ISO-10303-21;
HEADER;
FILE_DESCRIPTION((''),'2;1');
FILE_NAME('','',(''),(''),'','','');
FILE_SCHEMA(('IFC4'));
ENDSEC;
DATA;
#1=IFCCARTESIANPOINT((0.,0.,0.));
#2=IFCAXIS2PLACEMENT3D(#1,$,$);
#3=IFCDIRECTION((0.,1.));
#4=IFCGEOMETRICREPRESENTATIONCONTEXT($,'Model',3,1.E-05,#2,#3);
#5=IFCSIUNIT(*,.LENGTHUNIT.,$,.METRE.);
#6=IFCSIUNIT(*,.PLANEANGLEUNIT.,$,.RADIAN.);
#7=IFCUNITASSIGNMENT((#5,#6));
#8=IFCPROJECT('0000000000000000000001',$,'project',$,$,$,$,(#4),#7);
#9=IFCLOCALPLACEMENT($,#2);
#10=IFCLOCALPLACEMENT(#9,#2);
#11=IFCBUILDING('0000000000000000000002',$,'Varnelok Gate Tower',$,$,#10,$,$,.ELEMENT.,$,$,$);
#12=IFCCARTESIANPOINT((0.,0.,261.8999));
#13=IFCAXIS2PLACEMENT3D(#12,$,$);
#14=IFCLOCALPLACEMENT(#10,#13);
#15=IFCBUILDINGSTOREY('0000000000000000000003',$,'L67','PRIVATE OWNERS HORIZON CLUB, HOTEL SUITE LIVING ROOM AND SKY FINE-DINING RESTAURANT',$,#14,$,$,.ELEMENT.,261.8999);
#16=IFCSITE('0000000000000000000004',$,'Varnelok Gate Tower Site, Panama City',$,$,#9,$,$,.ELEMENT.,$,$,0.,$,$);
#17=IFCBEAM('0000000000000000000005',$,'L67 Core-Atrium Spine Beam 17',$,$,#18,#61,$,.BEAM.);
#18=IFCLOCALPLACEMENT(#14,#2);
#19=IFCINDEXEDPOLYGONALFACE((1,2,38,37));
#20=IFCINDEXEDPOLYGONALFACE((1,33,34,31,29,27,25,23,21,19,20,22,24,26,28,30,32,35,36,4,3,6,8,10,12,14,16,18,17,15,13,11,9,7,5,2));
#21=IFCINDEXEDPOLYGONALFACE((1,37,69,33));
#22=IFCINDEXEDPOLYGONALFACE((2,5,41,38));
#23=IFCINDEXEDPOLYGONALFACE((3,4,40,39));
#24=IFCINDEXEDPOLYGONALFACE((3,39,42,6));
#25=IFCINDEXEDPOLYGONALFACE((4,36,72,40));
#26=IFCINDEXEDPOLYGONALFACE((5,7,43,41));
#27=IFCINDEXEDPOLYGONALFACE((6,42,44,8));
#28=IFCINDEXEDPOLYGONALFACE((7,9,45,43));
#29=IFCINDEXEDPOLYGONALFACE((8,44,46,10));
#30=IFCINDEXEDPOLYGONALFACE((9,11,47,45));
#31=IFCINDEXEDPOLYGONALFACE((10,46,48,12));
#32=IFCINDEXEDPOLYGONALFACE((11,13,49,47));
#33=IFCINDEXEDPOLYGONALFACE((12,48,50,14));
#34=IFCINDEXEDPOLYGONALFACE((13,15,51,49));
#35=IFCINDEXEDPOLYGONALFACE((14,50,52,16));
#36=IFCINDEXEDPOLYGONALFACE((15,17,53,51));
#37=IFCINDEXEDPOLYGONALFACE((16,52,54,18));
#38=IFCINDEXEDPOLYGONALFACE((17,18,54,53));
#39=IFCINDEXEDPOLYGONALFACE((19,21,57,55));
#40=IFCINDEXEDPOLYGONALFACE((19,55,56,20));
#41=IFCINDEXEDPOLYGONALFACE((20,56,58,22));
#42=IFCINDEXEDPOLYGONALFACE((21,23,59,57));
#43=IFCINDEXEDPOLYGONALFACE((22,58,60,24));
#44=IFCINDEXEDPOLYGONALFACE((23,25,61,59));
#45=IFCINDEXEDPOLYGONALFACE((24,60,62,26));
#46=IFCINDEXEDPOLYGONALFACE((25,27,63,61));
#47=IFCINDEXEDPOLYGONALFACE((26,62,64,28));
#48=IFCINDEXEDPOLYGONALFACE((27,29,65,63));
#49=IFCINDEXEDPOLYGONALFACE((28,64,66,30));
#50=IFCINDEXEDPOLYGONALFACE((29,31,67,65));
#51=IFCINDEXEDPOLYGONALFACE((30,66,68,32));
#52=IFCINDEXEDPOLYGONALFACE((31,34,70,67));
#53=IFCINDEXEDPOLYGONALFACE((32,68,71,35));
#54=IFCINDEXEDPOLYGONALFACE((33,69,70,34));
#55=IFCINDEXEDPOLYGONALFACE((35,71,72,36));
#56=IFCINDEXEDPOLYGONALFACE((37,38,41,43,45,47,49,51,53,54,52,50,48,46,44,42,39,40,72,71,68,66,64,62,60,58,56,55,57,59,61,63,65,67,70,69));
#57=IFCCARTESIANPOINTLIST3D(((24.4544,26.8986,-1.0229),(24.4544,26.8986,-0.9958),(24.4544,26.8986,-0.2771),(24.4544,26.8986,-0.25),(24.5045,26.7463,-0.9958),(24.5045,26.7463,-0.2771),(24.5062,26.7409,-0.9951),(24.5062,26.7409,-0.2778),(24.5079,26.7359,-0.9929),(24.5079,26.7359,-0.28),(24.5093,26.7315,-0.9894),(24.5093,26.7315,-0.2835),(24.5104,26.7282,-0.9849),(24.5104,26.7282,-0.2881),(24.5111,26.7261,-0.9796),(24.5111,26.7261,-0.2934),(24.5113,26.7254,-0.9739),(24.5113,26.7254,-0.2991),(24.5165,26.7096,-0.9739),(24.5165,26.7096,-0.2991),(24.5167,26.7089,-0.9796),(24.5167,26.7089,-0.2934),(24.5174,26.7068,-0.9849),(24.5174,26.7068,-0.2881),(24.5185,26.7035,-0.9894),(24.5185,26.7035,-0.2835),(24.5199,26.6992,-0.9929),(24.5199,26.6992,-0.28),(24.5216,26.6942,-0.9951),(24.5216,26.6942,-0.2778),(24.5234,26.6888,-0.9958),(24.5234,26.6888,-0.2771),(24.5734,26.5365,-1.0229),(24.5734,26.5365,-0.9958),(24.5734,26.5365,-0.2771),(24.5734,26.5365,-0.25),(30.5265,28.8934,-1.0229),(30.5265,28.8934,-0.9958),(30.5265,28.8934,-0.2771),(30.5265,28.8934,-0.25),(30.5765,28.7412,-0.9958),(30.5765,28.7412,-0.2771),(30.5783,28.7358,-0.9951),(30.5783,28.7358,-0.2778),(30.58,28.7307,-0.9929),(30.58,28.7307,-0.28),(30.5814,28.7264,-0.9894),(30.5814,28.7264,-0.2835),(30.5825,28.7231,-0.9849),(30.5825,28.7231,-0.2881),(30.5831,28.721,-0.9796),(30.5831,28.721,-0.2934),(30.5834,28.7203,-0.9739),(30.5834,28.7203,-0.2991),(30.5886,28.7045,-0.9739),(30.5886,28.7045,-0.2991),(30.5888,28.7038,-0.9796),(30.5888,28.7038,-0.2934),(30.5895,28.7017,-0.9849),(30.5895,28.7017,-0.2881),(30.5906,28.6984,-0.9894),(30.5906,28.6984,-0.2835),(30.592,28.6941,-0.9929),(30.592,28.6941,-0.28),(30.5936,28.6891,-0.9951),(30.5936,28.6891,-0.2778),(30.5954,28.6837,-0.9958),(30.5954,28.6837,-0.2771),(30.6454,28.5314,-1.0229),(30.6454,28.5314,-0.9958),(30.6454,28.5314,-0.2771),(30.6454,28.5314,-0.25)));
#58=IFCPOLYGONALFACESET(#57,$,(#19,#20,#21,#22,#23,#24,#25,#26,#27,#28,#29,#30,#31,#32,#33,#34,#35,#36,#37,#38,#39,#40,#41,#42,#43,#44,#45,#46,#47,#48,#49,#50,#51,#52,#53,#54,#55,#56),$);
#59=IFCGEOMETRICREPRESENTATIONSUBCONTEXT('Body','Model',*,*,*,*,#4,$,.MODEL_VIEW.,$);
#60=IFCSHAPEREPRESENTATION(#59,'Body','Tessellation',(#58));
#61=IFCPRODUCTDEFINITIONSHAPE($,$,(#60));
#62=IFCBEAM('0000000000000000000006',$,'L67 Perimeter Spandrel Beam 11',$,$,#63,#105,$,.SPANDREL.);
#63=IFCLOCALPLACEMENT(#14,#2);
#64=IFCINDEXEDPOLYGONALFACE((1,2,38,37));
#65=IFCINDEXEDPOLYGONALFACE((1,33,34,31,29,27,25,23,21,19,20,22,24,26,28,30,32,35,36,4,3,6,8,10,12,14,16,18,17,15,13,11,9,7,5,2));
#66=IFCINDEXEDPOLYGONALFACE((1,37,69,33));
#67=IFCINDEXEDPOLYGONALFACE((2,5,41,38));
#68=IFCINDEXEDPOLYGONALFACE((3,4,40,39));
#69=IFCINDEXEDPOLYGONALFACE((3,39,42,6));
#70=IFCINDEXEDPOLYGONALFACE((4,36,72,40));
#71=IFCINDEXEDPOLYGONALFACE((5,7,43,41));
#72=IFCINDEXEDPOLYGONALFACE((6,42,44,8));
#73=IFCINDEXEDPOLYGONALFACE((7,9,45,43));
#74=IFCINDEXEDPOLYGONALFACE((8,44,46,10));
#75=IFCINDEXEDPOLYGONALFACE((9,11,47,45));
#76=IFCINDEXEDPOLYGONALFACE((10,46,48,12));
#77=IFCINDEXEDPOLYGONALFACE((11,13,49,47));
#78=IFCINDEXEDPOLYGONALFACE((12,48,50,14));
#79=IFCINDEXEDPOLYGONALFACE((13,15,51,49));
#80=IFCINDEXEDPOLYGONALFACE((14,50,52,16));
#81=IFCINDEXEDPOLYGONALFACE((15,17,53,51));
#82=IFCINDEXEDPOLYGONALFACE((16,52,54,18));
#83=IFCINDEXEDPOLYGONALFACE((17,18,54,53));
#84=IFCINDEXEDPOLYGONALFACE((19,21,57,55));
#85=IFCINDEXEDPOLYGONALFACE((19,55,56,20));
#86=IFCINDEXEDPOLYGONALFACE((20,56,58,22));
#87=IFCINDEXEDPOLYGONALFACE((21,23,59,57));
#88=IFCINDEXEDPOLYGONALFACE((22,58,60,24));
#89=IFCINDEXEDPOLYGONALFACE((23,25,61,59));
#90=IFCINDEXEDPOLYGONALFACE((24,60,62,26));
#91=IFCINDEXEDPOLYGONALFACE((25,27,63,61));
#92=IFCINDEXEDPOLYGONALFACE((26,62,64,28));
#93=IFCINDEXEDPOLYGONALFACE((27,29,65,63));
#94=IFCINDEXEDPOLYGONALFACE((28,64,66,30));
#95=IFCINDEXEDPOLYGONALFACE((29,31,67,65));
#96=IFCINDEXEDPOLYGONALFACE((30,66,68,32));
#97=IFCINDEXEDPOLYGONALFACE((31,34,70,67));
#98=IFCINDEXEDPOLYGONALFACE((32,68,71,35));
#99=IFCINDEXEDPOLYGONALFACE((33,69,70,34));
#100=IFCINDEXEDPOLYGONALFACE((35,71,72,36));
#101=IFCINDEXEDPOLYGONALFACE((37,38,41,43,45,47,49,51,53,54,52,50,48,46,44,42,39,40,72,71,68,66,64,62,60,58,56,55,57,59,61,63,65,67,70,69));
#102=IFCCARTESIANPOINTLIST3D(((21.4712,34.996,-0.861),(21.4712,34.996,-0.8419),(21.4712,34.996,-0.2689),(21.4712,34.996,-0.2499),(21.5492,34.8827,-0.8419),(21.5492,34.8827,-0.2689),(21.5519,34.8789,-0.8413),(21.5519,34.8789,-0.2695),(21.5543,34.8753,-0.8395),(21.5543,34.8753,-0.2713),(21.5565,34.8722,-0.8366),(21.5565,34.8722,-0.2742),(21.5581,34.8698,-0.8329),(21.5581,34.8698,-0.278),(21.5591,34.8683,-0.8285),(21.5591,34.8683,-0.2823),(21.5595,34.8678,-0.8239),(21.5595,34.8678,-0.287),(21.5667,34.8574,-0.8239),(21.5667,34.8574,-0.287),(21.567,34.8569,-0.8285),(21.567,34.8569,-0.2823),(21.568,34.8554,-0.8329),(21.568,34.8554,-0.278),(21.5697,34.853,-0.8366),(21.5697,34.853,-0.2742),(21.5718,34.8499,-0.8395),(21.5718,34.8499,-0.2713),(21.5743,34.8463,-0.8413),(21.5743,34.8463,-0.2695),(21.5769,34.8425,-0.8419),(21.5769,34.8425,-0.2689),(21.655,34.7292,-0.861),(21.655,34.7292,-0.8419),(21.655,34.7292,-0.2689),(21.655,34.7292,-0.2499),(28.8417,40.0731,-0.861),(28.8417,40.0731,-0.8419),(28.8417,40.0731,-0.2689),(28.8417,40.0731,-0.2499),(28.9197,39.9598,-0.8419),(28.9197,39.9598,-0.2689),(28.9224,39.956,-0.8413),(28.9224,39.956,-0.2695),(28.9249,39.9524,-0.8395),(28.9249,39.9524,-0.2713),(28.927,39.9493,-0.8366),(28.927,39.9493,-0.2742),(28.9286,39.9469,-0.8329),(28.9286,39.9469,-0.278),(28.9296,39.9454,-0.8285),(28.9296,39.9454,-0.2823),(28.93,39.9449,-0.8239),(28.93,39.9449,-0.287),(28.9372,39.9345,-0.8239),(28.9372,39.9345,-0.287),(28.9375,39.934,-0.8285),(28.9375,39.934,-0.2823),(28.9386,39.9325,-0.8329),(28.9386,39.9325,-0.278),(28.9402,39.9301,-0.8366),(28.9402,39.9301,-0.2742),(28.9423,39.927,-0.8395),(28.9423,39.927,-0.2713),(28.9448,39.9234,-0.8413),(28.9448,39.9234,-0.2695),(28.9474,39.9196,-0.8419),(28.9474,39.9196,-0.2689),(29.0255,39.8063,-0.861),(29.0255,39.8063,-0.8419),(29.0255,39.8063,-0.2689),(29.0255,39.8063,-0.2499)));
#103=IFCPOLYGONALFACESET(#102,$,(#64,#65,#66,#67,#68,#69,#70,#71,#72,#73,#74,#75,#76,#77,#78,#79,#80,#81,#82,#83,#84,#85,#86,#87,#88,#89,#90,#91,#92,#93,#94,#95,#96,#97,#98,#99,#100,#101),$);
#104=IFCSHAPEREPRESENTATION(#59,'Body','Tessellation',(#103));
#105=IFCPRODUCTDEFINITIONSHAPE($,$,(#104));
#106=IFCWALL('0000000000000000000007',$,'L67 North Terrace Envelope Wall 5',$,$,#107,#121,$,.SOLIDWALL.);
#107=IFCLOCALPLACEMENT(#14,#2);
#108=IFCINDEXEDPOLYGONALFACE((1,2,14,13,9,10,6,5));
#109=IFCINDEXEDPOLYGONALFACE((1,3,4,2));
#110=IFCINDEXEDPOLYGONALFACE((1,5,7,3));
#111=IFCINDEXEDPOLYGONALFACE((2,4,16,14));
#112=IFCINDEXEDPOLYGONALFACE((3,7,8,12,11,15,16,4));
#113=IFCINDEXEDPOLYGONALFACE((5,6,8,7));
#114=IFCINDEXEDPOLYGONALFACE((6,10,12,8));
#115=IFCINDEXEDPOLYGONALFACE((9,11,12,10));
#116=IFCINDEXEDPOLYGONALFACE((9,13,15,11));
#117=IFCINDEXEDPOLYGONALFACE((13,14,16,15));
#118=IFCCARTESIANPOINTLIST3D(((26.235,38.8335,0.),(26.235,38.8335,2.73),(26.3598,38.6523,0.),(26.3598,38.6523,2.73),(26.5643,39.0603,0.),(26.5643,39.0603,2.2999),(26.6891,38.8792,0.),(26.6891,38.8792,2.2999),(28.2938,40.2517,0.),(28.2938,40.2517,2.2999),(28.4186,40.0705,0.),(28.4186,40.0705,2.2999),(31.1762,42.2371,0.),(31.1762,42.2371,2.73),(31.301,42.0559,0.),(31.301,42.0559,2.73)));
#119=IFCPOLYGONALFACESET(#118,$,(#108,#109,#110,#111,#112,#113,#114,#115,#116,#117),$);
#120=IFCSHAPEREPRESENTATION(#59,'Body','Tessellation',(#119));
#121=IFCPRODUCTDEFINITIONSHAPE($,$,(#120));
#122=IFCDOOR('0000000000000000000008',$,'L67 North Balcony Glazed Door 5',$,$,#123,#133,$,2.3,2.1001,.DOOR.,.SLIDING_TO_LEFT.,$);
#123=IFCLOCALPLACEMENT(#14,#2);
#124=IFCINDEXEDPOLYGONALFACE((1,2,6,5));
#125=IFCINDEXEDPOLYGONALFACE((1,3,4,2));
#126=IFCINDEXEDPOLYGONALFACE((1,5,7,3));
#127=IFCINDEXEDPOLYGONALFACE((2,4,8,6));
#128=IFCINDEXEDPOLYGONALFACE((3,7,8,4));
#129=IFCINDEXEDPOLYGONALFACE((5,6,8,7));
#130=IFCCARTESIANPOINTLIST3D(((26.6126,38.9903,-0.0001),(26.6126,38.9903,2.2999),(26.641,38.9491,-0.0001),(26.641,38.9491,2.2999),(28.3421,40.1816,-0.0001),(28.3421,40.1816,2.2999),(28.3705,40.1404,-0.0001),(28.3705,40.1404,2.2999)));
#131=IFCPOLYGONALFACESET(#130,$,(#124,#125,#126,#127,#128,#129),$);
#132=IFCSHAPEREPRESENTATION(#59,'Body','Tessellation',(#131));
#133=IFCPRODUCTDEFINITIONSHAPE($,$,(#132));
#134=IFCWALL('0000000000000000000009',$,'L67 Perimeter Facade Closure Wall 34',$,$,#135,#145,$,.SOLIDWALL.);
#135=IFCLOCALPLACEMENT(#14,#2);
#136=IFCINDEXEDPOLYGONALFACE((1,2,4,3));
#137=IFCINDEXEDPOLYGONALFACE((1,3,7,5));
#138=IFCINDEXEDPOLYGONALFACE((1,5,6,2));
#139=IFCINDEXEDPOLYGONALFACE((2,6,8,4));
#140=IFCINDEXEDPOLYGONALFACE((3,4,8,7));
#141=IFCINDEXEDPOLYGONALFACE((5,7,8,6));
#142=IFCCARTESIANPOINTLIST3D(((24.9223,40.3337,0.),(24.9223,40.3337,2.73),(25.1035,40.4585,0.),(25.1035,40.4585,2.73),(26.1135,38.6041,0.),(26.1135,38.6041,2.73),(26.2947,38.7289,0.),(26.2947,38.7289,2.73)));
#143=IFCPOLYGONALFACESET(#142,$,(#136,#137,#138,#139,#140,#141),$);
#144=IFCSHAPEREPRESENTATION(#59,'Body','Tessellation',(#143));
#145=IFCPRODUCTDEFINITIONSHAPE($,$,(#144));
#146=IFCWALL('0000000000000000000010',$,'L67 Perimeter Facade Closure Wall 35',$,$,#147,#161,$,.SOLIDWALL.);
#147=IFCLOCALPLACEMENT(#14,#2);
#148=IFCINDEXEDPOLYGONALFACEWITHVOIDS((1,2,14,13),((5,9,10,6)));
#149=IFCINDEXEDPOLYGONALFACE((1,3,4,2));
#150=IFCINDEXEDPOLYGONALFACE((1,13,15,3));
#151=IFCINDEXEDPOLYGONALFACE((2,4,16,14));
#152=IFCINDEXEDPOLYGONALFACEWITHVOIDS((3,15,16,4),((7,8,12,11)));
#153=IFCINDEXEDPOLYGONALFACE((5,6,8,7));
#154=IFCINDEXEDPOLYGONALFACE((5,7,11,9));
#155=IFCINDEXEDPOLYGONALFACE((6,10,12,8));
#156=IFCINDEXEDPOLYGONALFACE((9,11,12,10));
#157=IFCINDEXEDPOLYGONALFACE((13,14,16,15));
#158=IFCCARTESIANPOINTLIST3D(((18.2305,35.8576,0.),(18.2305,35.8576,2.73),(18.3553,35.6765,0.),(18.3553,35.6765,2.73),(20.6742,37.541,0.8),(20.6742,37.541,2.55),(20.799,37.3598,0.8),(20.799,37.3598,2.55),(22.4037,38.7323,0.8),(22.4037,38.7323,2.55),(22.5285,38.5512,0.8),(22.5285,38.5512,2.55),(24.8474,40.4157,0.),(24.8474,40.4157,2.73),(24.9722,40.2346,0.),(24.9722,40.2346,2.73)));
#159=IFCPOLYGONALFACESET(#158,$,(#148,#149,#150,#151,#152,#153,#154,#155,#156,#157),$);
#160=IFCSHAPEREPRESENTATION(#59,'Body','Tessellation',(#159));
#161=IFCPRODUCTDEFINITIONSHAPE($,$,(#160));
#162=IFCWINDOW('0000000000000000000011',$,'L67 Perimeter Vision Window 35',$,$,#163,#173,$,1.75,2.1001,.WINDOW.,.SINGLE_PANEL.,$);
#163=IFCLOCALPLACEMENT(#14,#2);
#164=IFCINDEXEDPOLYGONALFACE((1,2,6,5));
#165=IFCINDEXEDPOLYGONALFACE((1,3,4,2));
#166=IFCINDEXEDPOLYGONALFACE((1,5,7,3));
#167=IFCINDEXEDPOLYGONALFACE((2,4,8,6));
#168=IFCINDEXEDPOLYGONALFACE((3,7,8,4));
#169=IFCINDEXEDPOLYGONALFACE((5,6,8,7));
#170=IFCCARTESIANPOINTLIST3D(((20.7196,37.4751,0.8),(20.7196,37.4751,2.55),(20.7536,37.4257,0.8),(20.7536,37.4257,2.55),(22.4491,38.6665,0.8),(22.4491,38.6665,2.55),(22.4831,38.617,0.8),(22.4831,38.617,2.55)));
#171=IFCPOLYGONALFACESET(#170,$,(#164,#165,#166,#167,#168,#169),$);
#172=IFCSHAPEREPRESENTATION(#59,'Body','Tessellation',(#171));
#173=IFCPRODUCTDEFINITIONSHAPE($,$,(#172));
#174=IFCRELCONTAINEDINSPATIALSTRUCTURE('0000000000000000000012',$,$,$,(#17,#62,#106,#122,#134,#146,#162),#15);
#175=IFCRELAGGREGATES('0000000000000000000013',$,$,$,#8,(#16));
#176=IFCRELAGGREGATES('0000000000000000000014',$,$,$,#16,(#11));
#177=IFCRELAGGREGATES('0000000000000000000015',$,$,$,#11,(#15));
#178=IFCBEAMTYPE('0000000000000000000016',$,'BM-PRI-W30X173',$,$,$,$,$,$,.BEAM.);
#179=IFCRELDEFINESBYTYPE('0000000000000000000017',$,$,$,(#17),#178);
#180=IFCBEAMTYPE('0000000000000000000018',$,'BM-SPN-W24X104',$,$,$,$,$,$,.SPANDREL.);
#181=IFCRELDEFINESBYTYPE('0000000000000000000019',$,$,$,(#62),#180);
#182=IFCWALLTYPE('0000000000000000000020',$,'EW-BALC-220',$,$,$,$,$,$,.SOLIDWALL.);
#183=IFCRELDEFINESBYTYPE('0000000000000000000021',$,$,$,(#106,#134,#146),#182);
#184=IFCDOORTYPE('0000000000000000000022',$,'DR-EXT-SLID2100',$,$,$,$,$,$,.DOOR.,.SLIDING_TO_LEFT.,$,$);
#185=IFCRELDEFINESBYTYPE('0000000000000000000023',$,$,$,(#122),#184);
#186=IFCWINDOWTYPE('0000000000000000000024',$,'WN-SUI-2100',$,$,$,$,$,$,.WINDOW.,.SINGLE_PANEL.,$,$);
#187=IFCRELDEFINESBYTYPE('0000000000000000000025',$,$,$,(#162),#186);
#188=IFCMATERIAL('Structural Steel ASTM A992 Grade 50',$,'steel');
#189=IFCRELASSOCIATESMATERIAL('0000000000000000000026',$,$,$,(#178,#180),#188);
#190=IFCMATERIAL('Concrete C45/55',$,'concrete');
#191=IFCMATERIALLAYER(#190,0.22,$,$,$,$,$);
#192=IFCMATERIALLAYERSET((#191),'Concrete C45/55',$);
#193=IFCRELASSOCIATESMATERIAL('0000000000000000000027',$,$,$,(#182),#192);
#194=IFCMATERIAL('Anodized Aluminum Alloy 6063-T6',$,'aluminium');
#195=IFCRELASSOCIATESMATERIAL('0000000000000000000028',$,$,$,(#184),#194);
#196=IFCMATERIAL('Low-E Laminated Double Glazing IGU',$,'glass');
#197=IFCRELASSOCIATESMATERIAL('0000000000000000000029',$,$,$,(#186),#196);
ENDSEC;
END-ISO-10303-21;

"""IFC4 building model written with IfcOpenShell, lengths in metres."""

from ifc_helpers import new_model, si_unit, direction, frame, frame_2d, origin, origin_2d, place, context, subcontext, project, spatial, rectangle, i_section, extrude, material, layer, layer_set, material_profile, profile_set, type_object, element, fill, save


model = new_model("IFC4")

# Units and contexts
model_context = context("Model", 3, precision=1e-05, world=origin(), true_north=direction((0.0, 1.0)))
body_context = subcontext(model_context, "Body", "Model", "MODEL_VIEW")
ifc_project = project(units=[si_unit("LENGTHUNIT", "METRE"), si_unit("PLANEANGLEUNIT", "RADIAN")], contexts=[model_context])

# Site, building, storey
site_placement = place(None, origin())
site = spatial("IfcSite", under=ifc_project, at=site_placement, Name="Varnelok Gate Tower Site, Panama City", CompositionType="ELEMENT", RefElevation=0.0)
building_placement = place(site_placement, origin())
building = spatial("IfcBuilding", under=site, at=building_placement, Name="Varnelok Gate Tower", CompositionType="ELEMENT")
storey_placement = place(building_placement, frame((0.0, 0.0, 261.8999)))
storey = spatial("IfcBuildingStorey", under=building, at=storey_placement, Name="L67", Description="PRIVATE OWNERS HORIZON CLUB, HOTEL SUITE LIVING ROOM AND SKY FINE-DINING RESTAURANT", CompositionType="ELEMENT", Elevation=261.8999)

# Shared definitions
ifc_material_1 = material(Name="Structural Steel ASTM A992 Grade 50", Category="steel")

# Beams
ifc_material_profile_1 = material_profile(ifc_material_1, i_section(OverallWidth=0.3811, OverallDepth=0.7729, WebThickness=0.0166, FlangeThickness=0.0271, FilletRadius=0.022, at=origin_2d()), Name="W30X173")
ifc_profile_set_1 = profile_set([ifc_material_profile_1], Name="Structural Steel ASTM A992 Grade 50")
beam_type_1 = type_object("IfcBeamType", Name="BM-PRI-W30X173", PredefinedType="BEAM", material=ifc_profile_set_1)
beam_1_placement = place(storey_placement, frame((24.5139, 26.7175, -0.6365), z_axis=(0.950042, 0.312122, 0.0), x_axis=(-0.312122, 0.950042, 0.0)))
element("IfcBeam", 1, at=beam_1_placement, inside=storey, type_object=beam_type_1, Name="L67 Core-Atrium Spine Beam 17", PredefinedType="BEAM", context=body_context, shape_type="SweptSolid", body=[
    extrude(i_section(OverallWidth=0.3811, OverallDepth=0.7729, WebThickness=0.0166, FlangeThickness=0.0271, FilletRadius=0.022, at=origin_2d()), origin(), (0.0, 0.0, 1.0), 6.3914),
])
ifc_material_profile_2 = material_profile(ifc_material_1, i_section(OverallWidth=0.324, OverallDepth=0.6111, WebThickness=0.0127, FlangeThickness=0.019, FilletRadius=0.0181, at=origin_2d()), Name="W24X104")
ifc_profile_set_2 = profile_set([ifc_material_profile_2], Name="Structural Steel ASTM A992 Grade 50")
beam_type_2 = type_object("IfcBeamType", Name="BM-SPN-W24X104", PredefinedType="SPANDREL", material=ifc_profile_set_2)
beam_2_placement = place(storey_placement, frame((28.9336, 39.9397, -0.5554), z_axis=(-0.823527, -0.567276, 0.0), x_axis=(0.567276, -0.823527, 0.0)))
element("IfcBeam", 2, at=beam_2_placement, inside=storey, type_object=beam_type_2, Name="L67 Perimeter Spandrel Beam 11", PredefinedType="SPANDREL", context=body_context, shape_type="SweptSolid", body=[
    extrude(i_section(OverallWidth=0.324, OverallDepth=0.6111, WebThickness=0.0127, FlangeThickness=0.019, FilletRadius=0.0181, at=origin_2d()), origin(), (0.0, 0.0, 1.0), 8.95),
])

# Wall, opening, door
ifc_material_2 = material(Name="Concrete C45/55", Category="concrete")
ifc_layer_1 = layer(ifc_material_2, 0.22)
ifc_layer_set_1 = layer_set([ifc_layer_1], Name="Concrete C45/55")
wall_type_1 = type_object("IfcWallType", Name="EW-BALC-220", PredefinedType="SOLIDWALL", material=ifc_layer_set_1)
wall_1_placement = place(storey_placement, frame((26.2974, 38.7429, 0.0), z_axis=(0.0, 0.0, 1.0), x_axis=(0.823535, 0.567266, 0.0)))
wall_1 = element("IfcWall", 3, at=wall_1_placement, inside=storey, type_object=wall_type_1, Name="L67 North Terrace Envelope Wall 5", PredefinedType="SOLIDWALL", context=body_context, shape_type="SweptSolid", body=[
    extrude(rectangle(XDim=6.0, YDim=0.22, at=frame_2d((3.0, 0.0))), origin(), (0.0, 0.0, 1.0), 2.73),
])
opening_1_placement = place(wall_1_placement, frame((0.3999, 0.0, 0.0)))
opening_1 = element("IfcOpeningElement", 4, at=opening_1_placement, cuts=wall_1, PredefinedType="OPENING", context=body_context, shape_type="SweptSolid", body=[
    extrude(rectangle(XDim=2.1001, YDim=2.3, at=frame_2d((1.05, 1.1499))), frame((0.0, 0.1199, 0.0), z_axis=(0.0, -1.0, 0.0), x_axis=(1.0, 0.0, 0.0)), (0.0, 0.0, 1.0), 0.24),
])
ifc_material_3 = material(Name="Anodized Aluminum Alloy 6063-T6", Category="aluminium")
door_type_1 = type_object("IfcDoorType", Name="DR-EXT-SLID2100", OperationType="SLIDING_TO_LEFT", PredefinedType="DOOR", material=ifc_material_3)
door_1_placement = place(opening_1_placement, origin())
door_1 = element("IfcDoor", 5, at=door_1_placement, inside=storey, type_object=door_type_1, Name="L67 North Balcony Glazed Door 5", OperationType="SLIDING_TO_LEFT", OverallHeight=2.3, OverallWidth=2.1001, PredefinedType="DOOR", context=body_context, shape_type="SweptSolid", body=[
    extrude(rectangle(XDim=2.1001, YDim=2.3, at=frame_2d((1.05, 1.1499))), frame((0.0, 0.0249, 0.0), z_axis=(0.0, -1.0, 0.0), x_axis=(1.0, 0.0, 0.0)), (0.0, 0.0, 1.0), 0.05),
])
fill(opening_1, door_1)

# Wall
wall_2_placement = place(storey_placement, frame((26.2041, 38.6665, 0.0), z_axis=(0.0, 0.0, 1.0), x_axis=(-0.567219, 0.823567, 0.0)))
element("IfcWall", 6, at=wall_2_placement, inside=storey, type_object=wall_type_1, Name="L67 Perimeter Facade Closure Wall 34", PredefinedType="SOLIDWALL", context=body_context, shape_type="SweptSolid", body=[
    extrude(rectangle(XDim=2.1001, YDim=0.22, at=frame_2d((1.05, 0.0))), origin(), (0.0, 0.0, 1.0), 2.73),
])

# Wall, opening, window
wall_3_placement = place(storey_placement, frame((24.9099, 40.3252, 0.0), z_axis=(0.0, 0.0, 1.0), x_axis=(-0.823521, -0.567286, 0.0)))
wall_3 = element("IfcWall", 7, at=wall_3_placement, inside=storey, type_object=wall_type_1, Name="L67 Perimeter Facade Closure Wall 35", PredefinedType="SOLIDWALL", context=body_context, shape_type="SweptSolid", body=[
    extrude(rectangle(XDim=8.0349, YDim=0.22, at=frame_2d((4.0176, 0.0))), origin(), (0.0, 0.0, 1.0), 2.73),
])
opening_2_placement = place(wall_3_placement, frame((2.9675, 0.0, 0.8)))
opening_2 = element("IfcOpeningElement", 8, at=opening_2_placement, cuts=wall_3, PredefinedType="OPENING", context=body_context, shape_type="SweptSolid", body=[
    extrude(rectangle(XDim=2.1001, YDim=1.75, at=frame_2d((1.05, 0.875))), frame((0.0, 0.1199, 0.0), z_axis=(0.0, -1.0, 0.0), x_axis=(1.0, 0.0, 0.0)), (0.0, 0.0, 1.0), 0.24),
])
ifc_material_4 = material(Name="Low-E Laminated Double Glazing IGU", Category="glass")
window_type = type_object("IfcWindowType", Name="WN-SUI-2100", PartitioningType="SINGLE_PANEL", PredefinedType="WINDOW", material=ifc_material_4)
window_placement = place(opening_2_placement, origin())
window = element("IfcWindow", 9, at=window_placement, inside=storey, type_object=window_type, Name="L67 Perimeter Vision Window 35", OverallHeight=1.75, OverallWidth=2.1001, PartitioningType="SINGLE_PANEL", PredefinedType="WINDOW", context=body_context, shape_type="SweptSolid", body=[
    extrude(rectangle(XDim=2.1001, YDim=1.75, at=frame_2d((1.05, 0.875))), frame((0.0, 0.03, 0.0), z_axis=(0.0, -1.0, 0.0), x_axis=(1.0, 0.0, 0.0)), (0.0, 0.0, 1.0), 0.0601),
])
fill(opening_2, window)

save(model, "model.ifc")
